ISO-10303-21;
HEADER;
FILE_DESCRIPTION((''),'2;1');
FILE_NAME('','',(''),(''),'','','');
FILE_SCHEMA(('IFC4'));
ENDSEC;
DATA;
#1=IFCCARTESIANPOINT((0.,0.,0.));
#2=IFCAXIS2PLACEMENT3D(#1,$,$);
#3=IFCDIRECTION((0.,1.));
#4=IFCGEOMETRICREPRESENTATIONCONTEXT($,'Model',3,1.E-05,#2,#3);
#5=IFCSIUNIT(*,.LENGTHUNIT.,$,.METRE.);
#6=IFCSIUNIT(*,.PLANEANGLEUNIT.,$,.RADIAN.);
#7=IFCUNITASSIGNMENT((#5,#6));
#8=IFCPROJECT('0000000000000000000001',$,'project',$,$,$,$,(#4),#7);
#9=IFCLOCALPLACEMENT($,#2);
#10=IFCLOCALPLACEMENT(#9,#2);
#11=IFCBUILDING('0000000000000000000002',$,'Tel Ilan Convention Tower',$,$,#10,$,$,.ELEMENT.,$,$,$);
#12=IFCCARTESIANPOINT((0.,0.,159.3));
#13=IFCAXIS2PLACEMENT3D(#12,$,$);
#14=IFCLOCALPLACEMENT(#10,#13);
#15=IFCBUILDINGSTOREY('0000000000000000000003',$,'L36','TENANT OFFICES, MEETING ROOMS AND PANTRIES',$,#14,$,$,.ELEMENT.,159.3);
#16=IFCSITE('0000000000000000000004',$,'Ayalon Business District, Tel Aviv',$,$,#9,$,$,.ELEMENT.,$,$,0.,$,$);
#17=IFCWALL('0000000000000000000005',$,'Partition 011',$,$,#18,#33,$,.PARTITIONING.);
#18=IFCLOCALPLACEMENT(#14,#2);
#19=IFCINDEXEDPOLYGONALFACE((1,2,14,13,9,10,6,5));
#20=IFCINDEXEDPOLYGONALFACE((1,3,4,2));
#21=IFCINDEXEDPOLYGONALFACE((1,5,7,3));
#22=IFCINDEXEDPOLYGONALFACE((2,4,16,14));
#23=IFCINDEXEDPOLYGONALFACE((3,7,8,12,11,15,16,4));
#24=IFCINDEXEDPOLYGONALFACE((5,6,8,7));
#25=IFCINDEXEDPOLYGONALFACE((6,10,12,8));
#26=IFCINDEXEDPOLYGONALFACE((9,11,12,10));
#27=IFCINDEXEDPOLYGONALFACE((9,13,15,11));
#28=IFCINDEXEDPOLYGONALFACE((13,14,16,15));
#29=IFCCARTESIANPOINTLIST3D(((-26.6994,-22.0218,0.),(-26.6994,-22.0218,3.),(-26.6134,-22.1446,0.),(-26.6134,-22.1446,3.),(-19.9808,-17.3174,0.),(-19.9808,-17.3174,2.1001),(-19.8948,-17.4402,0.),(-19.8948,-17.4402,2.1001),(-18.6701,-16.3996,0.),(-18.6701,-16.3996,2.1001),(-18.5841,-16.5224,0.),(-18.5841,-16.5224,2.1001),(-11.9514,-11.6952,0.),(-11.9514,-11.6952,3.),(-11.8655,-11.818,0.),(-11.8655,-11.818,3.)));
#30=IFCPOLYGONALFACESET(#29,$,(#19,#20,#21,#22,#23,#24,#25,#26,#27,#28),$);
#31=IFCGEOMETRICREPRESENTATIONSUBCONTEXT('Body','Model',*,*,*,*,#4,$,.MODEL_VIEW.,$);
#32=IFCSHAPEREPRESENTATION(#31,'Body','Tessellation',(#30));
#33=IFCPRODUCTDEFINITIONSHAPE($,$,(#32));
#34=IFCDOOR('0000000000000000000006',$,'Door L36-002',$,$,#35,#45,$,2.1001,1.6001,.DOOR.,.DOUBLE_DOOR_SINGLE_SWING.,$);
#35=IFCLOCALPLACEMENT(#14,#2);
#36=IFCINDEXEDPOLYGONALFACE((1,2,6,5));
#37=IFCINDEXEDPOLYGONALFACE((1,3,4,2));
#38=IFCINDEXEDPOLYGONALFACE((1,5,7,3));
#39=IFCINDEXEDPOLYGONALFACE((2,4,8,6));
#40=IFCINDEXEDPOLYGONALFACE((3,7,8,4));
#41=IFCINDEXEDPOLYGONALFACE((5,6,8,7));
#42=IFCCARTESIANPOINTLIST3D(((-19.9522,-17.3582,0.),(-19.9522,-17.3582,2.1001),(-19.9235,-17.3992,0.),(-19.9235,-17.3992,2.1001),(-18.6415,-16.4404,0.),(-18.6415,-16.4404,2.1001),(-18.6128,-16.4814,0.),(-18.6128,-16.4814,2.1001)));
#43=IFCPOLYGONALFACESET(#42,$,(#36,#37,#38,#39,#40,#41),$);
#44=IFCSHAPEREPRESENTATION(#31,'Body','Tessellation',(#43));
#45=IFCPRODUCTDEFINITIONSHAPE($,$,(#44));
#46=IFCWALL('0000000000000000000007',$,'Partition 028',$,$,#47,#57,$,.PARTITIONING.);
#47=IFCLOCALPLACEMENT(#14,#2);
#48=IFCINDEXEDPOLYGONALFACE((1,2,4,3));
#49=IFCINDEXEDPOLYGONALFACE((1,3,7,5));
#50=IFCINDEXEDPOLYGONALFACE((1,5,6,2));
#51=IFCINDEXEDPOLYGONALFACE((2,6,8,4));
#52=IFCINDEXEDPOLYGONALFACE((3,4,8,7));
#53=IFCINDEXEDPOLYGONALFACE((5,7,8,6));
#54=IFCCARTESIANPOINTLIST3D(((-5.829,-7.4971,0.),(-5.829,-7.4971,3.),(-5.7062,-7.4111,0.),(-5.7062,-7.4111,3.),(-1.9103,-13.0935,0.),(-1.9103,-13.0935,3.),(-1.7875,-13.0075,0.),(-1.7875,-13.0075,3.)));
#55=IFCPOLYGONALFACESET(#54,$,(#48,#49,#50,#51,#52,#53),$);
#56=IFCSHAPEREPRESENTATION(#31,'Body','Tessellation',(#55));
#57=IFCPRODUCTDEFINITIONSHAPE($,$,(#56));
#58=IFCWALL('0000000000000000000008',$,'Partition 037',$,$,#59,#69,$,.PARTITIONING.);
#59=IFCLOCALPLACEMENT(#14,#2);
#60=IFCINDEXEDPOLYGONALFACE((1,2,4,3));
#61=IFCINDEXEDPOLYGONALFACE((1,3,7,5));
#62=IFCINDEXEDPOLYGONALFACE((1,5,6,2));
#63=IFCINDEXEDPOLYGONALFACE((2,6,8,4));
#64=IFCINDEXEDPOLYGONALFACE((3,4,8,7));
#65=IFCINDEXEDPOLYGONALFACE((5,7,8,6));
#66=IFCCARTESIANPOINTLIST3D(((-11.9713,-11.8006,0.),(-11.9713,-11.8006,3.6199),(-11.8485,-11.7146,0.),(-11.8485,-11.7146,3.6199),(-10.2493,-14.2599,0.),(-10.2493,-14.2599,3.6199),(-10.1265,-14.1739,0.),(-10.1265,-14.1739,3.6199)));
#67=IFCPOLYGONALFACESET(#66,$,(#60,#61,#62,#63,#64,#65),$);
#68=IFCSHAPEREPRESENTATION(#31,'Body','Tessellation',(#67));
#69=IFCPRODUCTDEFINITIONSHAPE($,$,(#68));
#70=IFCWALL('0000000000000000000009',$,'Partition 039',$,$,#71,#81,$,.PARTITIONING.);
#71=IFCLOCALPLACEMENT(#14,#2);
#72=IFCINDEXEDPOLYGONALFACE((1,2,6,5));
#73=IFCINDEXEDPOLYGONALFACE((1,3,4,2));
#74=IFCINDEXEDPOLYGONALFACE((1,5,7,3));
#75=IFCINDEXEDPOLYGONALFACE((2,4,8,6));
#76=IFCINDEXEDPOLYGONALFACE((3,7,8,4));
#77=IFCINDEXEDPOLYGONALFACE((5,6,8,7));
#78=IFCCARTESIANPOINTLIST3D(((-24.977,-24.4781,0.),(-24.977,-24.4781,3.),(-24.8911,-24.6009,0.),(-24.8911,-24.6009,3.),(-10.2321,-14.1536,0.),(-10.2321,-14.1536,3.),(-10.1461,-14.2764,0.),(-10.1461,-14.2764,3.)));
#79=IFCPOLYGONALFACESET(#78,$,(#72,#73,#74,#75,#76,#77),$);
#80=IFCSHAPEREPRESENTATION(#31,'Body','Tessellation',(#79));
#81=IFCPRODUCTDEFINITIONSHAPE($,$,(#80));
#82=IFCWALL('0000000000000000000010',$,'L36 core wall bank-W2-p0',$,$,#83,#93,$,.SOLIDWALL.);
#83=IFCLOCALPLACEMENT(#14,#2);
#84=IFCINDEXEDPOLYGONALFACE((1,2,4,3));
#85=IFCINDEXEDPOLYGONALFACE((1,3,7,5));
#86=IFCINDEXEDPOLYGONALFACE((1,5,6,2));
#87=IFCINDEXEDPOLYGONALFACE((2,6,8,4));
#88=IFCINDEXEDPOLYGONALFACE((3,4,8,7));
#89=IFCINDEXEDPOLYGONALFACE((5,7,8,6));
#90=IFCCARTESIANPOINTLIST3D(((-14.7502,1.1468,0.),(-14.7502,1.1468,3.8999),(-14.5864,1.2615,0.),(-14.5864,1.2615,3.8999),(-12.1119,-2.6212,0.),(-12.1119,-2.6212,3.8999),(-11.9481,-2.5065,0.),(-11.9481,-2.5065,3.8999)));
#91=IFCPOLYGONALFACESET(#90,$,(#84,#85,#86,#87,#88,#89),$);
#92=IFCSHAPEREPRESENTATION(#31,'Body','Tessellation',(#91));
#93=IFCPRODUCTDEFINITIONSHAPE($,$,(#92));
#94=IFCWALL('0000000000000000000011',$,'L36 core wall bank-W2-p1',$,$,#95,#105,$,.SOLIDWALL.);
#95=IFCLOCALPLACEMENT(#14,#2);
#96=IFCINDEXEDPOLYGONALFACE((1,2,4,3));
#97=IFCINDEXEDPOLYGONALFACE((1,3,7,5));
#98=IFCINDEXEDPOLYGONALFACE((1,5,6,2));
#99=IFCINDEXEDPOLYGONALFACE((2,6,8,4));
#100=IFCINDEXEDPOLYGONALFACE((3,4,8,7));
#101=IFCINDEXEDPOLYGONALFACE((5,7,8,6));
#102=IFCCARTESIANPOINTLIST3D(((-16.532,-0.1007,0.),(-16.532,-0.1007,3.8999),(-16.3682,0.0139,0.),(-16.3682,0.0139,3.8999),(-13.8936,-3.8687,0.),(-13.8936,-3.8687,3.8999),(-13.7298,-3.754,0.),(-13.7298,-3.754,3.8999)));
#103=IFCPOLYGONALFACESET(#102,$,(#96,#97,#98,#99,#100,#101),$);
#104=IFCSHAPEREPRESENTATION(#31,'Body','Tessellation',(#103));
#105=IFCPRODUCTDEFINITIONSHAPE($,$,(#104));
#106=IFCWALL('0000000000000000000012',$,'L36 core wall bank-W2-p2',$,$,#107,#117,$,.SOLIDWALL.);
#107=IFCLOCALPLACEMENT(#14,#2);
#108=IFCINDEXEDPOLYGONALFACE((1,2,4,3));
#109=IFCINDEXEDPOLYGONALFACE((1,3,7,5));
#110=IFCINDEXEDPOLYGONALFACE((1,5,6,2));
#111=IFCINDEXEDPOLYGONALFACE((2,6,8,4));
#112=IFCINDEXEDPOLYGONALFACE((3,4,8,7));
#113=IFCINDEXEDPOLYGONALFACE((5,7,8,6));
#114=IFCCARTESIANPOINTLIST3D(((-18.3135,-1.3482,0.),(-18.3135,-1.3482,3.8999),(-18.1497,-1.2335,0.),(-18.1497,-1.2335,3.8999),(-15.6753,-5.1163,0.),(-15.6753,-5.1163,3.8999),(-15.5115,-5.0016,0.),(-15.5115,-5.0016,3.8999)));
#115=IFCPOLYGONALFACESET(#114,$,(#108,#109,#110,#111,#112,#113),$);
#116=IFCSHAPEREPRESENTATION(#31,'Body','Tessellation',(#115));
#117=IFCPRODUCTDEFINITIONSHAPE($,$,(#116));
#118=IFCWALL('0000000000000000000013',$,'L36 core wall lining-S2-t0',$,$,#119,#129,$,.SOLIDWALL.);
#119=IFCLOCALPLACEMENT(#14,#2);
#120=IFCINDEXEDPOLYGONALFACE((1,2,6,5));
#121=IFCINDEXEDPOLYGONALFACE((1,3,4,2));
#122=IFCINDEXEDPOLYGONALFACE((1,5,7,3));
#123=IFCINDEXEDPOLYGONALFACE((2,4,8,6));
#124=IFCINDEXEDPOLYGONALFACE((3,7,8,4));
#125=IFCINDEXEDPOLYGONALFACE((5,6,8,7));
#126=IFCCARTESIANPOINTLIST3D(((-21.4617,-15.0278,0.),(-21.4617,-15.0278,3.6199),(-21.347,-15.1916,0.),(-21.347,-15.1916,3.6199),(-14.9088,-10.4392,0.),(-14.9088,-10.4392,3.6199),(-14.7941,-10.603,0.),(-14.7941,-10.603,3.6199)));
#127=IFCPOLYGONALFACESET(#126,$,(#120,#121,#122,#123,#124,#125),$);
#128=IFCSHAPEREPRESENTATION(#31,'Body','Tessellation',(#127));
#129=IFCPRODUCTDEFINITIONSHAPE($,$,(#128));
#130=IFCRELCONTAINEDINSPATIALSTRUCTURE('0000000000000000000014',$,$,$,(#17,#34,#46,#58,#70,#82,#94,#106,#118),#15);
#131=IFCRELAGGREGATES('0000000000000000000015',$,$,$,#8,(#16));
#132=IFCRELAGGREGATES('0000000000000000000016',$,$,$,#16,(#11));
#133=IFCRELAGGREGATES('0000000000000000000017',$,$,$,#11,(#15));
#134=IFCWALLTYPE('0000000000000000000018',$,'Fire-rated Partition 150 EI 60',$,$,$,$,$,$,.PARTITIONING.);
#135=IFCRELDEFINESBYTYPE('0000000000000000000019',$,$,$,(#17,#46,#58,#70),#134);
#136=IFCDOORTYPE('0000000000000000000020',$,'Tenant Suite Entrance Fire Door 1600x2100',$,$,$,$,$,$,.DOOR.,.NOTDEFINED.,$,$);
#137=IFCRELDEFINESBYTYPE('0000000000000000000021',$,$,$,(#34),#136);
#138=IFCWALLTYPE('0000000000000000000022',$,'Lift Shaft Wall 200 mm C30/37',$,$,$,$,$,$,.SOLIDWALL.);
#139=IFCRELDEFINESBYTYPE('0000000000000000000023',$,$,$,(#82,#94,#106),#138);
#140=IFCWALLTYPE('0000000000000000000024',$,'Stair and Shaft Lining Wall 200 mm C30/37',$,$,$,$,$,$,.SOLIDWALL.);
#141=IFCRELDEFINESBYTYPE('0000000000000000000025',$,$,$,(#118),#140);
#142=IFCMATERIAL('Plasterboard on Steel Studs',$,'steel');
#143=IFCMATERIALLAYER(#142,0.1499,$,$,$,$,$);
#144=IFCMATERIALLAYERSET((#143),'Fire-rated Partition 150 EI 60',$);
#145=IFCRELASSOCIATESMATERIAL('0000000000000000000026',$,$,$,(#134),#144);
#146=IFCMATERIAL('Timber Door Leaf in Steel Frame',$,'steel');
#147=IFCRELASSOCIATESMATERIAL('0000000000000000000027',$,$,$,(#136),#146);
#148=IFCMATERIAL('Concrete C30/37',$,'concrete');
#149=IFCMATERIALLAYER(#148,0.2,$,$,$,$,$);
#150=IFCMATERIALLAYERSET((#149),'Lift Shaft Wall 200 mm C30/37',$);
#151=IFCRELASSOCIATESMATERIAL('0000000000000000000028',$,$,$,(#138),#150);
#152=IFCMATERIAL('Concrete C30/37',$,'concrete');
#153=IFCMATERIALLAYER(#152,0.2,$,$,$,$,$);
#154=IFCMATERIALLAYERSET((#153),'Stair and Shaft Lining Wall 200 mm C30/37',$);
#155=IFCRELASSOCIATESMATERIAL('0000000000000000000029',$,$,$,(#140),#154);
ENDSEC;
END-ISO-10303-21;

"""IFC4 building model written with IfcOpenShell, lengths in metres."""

from ifc_helpers import new_model, si_unit, direction, frame, frame_2d, origin, place, context, subcontext, project, spatial, rectangle, extrude, material, layer, layer_set, type_object, element, fill, save


model = new_model("IFC4")

# Units and contexts
model_context = context("Model", 3, precision=1e-05, world=origin(), true_north=direction((0.0, 1.0)))
body_context = subcontext(model_context, "Body", "Model", "MODEL_VIEW")
ifc_project = project(units=[si_unit("LENGTHUNIT", "METRE"), si_unit("PLANEANGLEUNIT", "RADIAN")], contexts=[model_context])

# Site, building, storey
site_placement = place(None, origin())
site = spatial("IfcSite", under=ifc_project, at=site_placement, Name="Ayalon Business District, Tel Aviv", CompositionType="ELEMENT", RefElevation=0.0)
building_placement = place(site_placement, origin())
building = spatial("IfcBuilding", under=site, at=building_placement, Name="Tel Ilan Convention Tower", CompositionType="ELEMENT")
storey_placement = place(building_placement, frame((0.0, 0.0, 159.3)))
storey = spatial("IfcBuildingStorey", under=building, at=storey_placement, Name="L36", Description="TENANT OFFICES, MEETING ROOMS AND PANTRIES", CompositionType="ELEMENT", Elevation=159.3)

# Wall, opening, door
ifc_material_1 = material(Name="Plasterboard on Steel Studs", Category="steel")
ifc_layer_1 = layer(ifc_material_1, 0.1499)
ifc_layer_set_1 = layer_set([ifc_layer_1], Name="Fire-rated Partition 150 EI 60")
wall_type_1 = type_object("IfcWallType", Name="Fire-rated Partition 150 EI 60", PredefinedType="PARTITIONING", material=ifc_layer_set_1)
ifc_material_2 = material(Name="Timber Door Leaf in Steel Frame", Category="steel")
door_type_1 = type_object("IfcDoorType", Name="Tenant Suite Entrance Fire Door 1600x2100", OperationType="NOTDEFINED", PredefinedType="DOOR", material=ifc_material_2)
wall_1_placement = place(storey_placement, frame((-11.9084, -11.7566, 0.0), z_axis=(0.0, 0.0, 1.0), x_axis=(-0.819153, -0.573575, 0.0)))
wall_1 = element("IfcWall", 1, at=wall_1_placement, inside=storey, type_object=wall_type_1, Name="Partition 011", PredefinedType="PARTITIONING", context=body_context, shape_type="SweptSolid", body=[
    extrude(rectangle(XDim=18.0039, YDim=0.1499, at=frame_2d((9.002, 0.0))), origin(), (0.0, 0.0, 1.0), 3.0),
])
opening_1_placement = place(wall_1_placement, frame((8.2019, 0.0, 0.0)))
opening_1 = element("IfcOpeningElement", 2, at=opening_1_placement, cuts=wall_1, PredefinedType="OPENING", context=body_context, shape_type="SweptSolid", body=[
    extrude(rectangle(XDim=1.6001, YDim=2.1001, at=frame_2d((0.8, 1.05))), frame((0.0, 0.085, 0.0), z_axis=(0.0, -1.0, 0.0), x_axis=(1.0, 0.0, 0.0)), (0.0, 0.0, 1.0), 0.1699),
])
door_1_placement = place(opening_1_placement, origin())
door_1 = element("IfcDoor", 3, at=door_1_placement, inside=storey, type_object=door_type_1, Name="Door L36-002", OperationType="DOUBLE_DOOR_SINGLE_SWING", OverallHeight=2.1001, OverallWidth=1.6001, PredefinedType="DOOR", context=body_context, shape_type="SweptSolid", body=[
    extrude(rectangle(XDim=1.6001, YDim=2.1001, at=frame_2d((0.8, 1.05))), frame((0.0, 0.0249, 0.0), z_axis=(0.0, -1.0, 0.0), x_axis=(1.0, 0.0, 0.0)), (0.0, 0.0, 1.0), 0.05),
])
fill(opening_1, door_1)

# Walls
wall_2_placement = place(storey_placement, frame((-1.8489, -13.0505, 0.0), z_axis=(0.0, 0.0, 1.0), x_axis=(-0.57358, 0.81915, 0.0)))
element("IfcWall", 4, at=wall_2_placement, inside=storey, type_object=wall_type_1, Name="Partition 028", PredefinedType="PARTITIONING", context=body_context, shape_type="SweptSolid", body=[
    extrude(rectangle(XDim=6.832, YDim=0.1499, at=frame_2d((3.416, 0.0))), origin(), (0.0, 0.0, 1.0), 3.0),
])
wall_3_placement = place(storey_placement, frame((-10.188, -14.2168, 0.0), z_axis=(0.0, 0.0, 1.0), x_axis=(-0.573566, 0.819159, 0.0)))
element("IfcWall", 5, at=wall_3_placement, inside=storey, type_object=wall_type_1, Name="Partition 037", PredefinedType="PARTITIONING", context=body_context, shape_type="SweptSolid", body=[
    extrude(rectangle(XDim=3.0022, YDim=0.1499, at=frame_2d((1.501, 0.0))), origin(), (0.0, 0.0, 1.0), 3.6199),
])
wall_4_placement = place(storey_placement, frame((-10.1892, -14.2151, 0.0), z_axis=(0.0, 0.0, 1.0), x_axis=(-0.819152, -0.573576, 0.0)))
element("IfcWall", 6, at=wall_4_placement, inside=storey, type_object=wall_type_1, Name="Partition 039", PredefinedType="PARTITIONING", context=body_context, shape_type="SweptSolid", body=[
    extrude(rectangle(XDim=18.0002, YDim=0.1499, at=frame_2d((9.0, 0.0))), origin(), (0.0, 0.0, 1.0), 3.0),
])
ifc_material_3 = material(Name="Concrete C30/37", Category="concrete")
ifc_layer_2 = layer(ifc_material_3, 0.2)
ifc_layer_set_2 = layer_set([ifc_layer_2], Name="Lift Shaft Wall 200 mm C30/37")
wall_type_2 = type_object("IfcWallType", Name="Lift Shaft Wall 200 mm C30/37", PredefinedType="SOLIDWALL", material=ifc_layer_set_2)
for number, where, z_axis, x_axis, name in (
    (7, (-12.03, -2.5637, 0.0), (0.0, 0.0, 1.0), (-0.573576, 0.819152, 0.0), "L36 core wall bank-W2-p0"),
    (8, (-13.8118, -3.8113, 0.0), (0.0, 0.0, 1.0), (-0.573576, 0.819152, 0.0), "L36 core wall bank-W2-p1"),
    (9, (-15.5935, -5.0588, 0.0), (0.0, 0.0, 1.0), (-0.573541, 0.819177, 0.0), "L36 core wall bank-W2-p2"),
):
    element("IfcWall", number, at=place(storey_placement, frame(where, z_axis=z_axis, x_axis=x_axis)), inside=storey, type_object=wall_type_2, Name=name, PredefinedType="SOLIDWALL", context=body_context, shape_type="SweptSolid", body=[
        extrude(rectangle(XDim=4.5999, YDim=0.2, at=frame_2d((2.2998, 0.0))), origin(), (0.0, 0.0, 1.0), 3.8999),
    ])
ifc_material_4 = material(Name="Concrete C30/37", Category="concrete")
ifc_layer_3 = layer(ifc_material_4, 0.2)
ifc_layer_set_3 = layer_set([ifc_layer_3], Name="Stair and Shaft Lining Wall 200 mm C30/37")
wall_type_3 = type_object("IfcWallType", Name="Stair and Shaft Lining Wall 200 mm C30/37", PredefinedType="SOLIDWALL", material=ifc_layer_set_3)
wall_5_placement = place(storey_placement, frame((-14.8513, -10.521, 0.0), z_axis=(0.0, 0.0, 1.0), x_axis=(-0.819142, -0.573591, 0.0)))
element("IfcWall", 10, at=wall_5_placement, inside=storey, type_object=wall_type_3, Name="L36 core wall lining-S2-t0", PredefinedType="SOLIDWALL", context=body_context, shape_type="SweptSolid", body=[
    extrude(rectangle(XDim=7.9998, YDim=0.2, at=frame_2d((4.0, 0.0))), origin(), (0.0, 0.0, 1.0), 3.6199),
])

save(model, "model.ifc")
